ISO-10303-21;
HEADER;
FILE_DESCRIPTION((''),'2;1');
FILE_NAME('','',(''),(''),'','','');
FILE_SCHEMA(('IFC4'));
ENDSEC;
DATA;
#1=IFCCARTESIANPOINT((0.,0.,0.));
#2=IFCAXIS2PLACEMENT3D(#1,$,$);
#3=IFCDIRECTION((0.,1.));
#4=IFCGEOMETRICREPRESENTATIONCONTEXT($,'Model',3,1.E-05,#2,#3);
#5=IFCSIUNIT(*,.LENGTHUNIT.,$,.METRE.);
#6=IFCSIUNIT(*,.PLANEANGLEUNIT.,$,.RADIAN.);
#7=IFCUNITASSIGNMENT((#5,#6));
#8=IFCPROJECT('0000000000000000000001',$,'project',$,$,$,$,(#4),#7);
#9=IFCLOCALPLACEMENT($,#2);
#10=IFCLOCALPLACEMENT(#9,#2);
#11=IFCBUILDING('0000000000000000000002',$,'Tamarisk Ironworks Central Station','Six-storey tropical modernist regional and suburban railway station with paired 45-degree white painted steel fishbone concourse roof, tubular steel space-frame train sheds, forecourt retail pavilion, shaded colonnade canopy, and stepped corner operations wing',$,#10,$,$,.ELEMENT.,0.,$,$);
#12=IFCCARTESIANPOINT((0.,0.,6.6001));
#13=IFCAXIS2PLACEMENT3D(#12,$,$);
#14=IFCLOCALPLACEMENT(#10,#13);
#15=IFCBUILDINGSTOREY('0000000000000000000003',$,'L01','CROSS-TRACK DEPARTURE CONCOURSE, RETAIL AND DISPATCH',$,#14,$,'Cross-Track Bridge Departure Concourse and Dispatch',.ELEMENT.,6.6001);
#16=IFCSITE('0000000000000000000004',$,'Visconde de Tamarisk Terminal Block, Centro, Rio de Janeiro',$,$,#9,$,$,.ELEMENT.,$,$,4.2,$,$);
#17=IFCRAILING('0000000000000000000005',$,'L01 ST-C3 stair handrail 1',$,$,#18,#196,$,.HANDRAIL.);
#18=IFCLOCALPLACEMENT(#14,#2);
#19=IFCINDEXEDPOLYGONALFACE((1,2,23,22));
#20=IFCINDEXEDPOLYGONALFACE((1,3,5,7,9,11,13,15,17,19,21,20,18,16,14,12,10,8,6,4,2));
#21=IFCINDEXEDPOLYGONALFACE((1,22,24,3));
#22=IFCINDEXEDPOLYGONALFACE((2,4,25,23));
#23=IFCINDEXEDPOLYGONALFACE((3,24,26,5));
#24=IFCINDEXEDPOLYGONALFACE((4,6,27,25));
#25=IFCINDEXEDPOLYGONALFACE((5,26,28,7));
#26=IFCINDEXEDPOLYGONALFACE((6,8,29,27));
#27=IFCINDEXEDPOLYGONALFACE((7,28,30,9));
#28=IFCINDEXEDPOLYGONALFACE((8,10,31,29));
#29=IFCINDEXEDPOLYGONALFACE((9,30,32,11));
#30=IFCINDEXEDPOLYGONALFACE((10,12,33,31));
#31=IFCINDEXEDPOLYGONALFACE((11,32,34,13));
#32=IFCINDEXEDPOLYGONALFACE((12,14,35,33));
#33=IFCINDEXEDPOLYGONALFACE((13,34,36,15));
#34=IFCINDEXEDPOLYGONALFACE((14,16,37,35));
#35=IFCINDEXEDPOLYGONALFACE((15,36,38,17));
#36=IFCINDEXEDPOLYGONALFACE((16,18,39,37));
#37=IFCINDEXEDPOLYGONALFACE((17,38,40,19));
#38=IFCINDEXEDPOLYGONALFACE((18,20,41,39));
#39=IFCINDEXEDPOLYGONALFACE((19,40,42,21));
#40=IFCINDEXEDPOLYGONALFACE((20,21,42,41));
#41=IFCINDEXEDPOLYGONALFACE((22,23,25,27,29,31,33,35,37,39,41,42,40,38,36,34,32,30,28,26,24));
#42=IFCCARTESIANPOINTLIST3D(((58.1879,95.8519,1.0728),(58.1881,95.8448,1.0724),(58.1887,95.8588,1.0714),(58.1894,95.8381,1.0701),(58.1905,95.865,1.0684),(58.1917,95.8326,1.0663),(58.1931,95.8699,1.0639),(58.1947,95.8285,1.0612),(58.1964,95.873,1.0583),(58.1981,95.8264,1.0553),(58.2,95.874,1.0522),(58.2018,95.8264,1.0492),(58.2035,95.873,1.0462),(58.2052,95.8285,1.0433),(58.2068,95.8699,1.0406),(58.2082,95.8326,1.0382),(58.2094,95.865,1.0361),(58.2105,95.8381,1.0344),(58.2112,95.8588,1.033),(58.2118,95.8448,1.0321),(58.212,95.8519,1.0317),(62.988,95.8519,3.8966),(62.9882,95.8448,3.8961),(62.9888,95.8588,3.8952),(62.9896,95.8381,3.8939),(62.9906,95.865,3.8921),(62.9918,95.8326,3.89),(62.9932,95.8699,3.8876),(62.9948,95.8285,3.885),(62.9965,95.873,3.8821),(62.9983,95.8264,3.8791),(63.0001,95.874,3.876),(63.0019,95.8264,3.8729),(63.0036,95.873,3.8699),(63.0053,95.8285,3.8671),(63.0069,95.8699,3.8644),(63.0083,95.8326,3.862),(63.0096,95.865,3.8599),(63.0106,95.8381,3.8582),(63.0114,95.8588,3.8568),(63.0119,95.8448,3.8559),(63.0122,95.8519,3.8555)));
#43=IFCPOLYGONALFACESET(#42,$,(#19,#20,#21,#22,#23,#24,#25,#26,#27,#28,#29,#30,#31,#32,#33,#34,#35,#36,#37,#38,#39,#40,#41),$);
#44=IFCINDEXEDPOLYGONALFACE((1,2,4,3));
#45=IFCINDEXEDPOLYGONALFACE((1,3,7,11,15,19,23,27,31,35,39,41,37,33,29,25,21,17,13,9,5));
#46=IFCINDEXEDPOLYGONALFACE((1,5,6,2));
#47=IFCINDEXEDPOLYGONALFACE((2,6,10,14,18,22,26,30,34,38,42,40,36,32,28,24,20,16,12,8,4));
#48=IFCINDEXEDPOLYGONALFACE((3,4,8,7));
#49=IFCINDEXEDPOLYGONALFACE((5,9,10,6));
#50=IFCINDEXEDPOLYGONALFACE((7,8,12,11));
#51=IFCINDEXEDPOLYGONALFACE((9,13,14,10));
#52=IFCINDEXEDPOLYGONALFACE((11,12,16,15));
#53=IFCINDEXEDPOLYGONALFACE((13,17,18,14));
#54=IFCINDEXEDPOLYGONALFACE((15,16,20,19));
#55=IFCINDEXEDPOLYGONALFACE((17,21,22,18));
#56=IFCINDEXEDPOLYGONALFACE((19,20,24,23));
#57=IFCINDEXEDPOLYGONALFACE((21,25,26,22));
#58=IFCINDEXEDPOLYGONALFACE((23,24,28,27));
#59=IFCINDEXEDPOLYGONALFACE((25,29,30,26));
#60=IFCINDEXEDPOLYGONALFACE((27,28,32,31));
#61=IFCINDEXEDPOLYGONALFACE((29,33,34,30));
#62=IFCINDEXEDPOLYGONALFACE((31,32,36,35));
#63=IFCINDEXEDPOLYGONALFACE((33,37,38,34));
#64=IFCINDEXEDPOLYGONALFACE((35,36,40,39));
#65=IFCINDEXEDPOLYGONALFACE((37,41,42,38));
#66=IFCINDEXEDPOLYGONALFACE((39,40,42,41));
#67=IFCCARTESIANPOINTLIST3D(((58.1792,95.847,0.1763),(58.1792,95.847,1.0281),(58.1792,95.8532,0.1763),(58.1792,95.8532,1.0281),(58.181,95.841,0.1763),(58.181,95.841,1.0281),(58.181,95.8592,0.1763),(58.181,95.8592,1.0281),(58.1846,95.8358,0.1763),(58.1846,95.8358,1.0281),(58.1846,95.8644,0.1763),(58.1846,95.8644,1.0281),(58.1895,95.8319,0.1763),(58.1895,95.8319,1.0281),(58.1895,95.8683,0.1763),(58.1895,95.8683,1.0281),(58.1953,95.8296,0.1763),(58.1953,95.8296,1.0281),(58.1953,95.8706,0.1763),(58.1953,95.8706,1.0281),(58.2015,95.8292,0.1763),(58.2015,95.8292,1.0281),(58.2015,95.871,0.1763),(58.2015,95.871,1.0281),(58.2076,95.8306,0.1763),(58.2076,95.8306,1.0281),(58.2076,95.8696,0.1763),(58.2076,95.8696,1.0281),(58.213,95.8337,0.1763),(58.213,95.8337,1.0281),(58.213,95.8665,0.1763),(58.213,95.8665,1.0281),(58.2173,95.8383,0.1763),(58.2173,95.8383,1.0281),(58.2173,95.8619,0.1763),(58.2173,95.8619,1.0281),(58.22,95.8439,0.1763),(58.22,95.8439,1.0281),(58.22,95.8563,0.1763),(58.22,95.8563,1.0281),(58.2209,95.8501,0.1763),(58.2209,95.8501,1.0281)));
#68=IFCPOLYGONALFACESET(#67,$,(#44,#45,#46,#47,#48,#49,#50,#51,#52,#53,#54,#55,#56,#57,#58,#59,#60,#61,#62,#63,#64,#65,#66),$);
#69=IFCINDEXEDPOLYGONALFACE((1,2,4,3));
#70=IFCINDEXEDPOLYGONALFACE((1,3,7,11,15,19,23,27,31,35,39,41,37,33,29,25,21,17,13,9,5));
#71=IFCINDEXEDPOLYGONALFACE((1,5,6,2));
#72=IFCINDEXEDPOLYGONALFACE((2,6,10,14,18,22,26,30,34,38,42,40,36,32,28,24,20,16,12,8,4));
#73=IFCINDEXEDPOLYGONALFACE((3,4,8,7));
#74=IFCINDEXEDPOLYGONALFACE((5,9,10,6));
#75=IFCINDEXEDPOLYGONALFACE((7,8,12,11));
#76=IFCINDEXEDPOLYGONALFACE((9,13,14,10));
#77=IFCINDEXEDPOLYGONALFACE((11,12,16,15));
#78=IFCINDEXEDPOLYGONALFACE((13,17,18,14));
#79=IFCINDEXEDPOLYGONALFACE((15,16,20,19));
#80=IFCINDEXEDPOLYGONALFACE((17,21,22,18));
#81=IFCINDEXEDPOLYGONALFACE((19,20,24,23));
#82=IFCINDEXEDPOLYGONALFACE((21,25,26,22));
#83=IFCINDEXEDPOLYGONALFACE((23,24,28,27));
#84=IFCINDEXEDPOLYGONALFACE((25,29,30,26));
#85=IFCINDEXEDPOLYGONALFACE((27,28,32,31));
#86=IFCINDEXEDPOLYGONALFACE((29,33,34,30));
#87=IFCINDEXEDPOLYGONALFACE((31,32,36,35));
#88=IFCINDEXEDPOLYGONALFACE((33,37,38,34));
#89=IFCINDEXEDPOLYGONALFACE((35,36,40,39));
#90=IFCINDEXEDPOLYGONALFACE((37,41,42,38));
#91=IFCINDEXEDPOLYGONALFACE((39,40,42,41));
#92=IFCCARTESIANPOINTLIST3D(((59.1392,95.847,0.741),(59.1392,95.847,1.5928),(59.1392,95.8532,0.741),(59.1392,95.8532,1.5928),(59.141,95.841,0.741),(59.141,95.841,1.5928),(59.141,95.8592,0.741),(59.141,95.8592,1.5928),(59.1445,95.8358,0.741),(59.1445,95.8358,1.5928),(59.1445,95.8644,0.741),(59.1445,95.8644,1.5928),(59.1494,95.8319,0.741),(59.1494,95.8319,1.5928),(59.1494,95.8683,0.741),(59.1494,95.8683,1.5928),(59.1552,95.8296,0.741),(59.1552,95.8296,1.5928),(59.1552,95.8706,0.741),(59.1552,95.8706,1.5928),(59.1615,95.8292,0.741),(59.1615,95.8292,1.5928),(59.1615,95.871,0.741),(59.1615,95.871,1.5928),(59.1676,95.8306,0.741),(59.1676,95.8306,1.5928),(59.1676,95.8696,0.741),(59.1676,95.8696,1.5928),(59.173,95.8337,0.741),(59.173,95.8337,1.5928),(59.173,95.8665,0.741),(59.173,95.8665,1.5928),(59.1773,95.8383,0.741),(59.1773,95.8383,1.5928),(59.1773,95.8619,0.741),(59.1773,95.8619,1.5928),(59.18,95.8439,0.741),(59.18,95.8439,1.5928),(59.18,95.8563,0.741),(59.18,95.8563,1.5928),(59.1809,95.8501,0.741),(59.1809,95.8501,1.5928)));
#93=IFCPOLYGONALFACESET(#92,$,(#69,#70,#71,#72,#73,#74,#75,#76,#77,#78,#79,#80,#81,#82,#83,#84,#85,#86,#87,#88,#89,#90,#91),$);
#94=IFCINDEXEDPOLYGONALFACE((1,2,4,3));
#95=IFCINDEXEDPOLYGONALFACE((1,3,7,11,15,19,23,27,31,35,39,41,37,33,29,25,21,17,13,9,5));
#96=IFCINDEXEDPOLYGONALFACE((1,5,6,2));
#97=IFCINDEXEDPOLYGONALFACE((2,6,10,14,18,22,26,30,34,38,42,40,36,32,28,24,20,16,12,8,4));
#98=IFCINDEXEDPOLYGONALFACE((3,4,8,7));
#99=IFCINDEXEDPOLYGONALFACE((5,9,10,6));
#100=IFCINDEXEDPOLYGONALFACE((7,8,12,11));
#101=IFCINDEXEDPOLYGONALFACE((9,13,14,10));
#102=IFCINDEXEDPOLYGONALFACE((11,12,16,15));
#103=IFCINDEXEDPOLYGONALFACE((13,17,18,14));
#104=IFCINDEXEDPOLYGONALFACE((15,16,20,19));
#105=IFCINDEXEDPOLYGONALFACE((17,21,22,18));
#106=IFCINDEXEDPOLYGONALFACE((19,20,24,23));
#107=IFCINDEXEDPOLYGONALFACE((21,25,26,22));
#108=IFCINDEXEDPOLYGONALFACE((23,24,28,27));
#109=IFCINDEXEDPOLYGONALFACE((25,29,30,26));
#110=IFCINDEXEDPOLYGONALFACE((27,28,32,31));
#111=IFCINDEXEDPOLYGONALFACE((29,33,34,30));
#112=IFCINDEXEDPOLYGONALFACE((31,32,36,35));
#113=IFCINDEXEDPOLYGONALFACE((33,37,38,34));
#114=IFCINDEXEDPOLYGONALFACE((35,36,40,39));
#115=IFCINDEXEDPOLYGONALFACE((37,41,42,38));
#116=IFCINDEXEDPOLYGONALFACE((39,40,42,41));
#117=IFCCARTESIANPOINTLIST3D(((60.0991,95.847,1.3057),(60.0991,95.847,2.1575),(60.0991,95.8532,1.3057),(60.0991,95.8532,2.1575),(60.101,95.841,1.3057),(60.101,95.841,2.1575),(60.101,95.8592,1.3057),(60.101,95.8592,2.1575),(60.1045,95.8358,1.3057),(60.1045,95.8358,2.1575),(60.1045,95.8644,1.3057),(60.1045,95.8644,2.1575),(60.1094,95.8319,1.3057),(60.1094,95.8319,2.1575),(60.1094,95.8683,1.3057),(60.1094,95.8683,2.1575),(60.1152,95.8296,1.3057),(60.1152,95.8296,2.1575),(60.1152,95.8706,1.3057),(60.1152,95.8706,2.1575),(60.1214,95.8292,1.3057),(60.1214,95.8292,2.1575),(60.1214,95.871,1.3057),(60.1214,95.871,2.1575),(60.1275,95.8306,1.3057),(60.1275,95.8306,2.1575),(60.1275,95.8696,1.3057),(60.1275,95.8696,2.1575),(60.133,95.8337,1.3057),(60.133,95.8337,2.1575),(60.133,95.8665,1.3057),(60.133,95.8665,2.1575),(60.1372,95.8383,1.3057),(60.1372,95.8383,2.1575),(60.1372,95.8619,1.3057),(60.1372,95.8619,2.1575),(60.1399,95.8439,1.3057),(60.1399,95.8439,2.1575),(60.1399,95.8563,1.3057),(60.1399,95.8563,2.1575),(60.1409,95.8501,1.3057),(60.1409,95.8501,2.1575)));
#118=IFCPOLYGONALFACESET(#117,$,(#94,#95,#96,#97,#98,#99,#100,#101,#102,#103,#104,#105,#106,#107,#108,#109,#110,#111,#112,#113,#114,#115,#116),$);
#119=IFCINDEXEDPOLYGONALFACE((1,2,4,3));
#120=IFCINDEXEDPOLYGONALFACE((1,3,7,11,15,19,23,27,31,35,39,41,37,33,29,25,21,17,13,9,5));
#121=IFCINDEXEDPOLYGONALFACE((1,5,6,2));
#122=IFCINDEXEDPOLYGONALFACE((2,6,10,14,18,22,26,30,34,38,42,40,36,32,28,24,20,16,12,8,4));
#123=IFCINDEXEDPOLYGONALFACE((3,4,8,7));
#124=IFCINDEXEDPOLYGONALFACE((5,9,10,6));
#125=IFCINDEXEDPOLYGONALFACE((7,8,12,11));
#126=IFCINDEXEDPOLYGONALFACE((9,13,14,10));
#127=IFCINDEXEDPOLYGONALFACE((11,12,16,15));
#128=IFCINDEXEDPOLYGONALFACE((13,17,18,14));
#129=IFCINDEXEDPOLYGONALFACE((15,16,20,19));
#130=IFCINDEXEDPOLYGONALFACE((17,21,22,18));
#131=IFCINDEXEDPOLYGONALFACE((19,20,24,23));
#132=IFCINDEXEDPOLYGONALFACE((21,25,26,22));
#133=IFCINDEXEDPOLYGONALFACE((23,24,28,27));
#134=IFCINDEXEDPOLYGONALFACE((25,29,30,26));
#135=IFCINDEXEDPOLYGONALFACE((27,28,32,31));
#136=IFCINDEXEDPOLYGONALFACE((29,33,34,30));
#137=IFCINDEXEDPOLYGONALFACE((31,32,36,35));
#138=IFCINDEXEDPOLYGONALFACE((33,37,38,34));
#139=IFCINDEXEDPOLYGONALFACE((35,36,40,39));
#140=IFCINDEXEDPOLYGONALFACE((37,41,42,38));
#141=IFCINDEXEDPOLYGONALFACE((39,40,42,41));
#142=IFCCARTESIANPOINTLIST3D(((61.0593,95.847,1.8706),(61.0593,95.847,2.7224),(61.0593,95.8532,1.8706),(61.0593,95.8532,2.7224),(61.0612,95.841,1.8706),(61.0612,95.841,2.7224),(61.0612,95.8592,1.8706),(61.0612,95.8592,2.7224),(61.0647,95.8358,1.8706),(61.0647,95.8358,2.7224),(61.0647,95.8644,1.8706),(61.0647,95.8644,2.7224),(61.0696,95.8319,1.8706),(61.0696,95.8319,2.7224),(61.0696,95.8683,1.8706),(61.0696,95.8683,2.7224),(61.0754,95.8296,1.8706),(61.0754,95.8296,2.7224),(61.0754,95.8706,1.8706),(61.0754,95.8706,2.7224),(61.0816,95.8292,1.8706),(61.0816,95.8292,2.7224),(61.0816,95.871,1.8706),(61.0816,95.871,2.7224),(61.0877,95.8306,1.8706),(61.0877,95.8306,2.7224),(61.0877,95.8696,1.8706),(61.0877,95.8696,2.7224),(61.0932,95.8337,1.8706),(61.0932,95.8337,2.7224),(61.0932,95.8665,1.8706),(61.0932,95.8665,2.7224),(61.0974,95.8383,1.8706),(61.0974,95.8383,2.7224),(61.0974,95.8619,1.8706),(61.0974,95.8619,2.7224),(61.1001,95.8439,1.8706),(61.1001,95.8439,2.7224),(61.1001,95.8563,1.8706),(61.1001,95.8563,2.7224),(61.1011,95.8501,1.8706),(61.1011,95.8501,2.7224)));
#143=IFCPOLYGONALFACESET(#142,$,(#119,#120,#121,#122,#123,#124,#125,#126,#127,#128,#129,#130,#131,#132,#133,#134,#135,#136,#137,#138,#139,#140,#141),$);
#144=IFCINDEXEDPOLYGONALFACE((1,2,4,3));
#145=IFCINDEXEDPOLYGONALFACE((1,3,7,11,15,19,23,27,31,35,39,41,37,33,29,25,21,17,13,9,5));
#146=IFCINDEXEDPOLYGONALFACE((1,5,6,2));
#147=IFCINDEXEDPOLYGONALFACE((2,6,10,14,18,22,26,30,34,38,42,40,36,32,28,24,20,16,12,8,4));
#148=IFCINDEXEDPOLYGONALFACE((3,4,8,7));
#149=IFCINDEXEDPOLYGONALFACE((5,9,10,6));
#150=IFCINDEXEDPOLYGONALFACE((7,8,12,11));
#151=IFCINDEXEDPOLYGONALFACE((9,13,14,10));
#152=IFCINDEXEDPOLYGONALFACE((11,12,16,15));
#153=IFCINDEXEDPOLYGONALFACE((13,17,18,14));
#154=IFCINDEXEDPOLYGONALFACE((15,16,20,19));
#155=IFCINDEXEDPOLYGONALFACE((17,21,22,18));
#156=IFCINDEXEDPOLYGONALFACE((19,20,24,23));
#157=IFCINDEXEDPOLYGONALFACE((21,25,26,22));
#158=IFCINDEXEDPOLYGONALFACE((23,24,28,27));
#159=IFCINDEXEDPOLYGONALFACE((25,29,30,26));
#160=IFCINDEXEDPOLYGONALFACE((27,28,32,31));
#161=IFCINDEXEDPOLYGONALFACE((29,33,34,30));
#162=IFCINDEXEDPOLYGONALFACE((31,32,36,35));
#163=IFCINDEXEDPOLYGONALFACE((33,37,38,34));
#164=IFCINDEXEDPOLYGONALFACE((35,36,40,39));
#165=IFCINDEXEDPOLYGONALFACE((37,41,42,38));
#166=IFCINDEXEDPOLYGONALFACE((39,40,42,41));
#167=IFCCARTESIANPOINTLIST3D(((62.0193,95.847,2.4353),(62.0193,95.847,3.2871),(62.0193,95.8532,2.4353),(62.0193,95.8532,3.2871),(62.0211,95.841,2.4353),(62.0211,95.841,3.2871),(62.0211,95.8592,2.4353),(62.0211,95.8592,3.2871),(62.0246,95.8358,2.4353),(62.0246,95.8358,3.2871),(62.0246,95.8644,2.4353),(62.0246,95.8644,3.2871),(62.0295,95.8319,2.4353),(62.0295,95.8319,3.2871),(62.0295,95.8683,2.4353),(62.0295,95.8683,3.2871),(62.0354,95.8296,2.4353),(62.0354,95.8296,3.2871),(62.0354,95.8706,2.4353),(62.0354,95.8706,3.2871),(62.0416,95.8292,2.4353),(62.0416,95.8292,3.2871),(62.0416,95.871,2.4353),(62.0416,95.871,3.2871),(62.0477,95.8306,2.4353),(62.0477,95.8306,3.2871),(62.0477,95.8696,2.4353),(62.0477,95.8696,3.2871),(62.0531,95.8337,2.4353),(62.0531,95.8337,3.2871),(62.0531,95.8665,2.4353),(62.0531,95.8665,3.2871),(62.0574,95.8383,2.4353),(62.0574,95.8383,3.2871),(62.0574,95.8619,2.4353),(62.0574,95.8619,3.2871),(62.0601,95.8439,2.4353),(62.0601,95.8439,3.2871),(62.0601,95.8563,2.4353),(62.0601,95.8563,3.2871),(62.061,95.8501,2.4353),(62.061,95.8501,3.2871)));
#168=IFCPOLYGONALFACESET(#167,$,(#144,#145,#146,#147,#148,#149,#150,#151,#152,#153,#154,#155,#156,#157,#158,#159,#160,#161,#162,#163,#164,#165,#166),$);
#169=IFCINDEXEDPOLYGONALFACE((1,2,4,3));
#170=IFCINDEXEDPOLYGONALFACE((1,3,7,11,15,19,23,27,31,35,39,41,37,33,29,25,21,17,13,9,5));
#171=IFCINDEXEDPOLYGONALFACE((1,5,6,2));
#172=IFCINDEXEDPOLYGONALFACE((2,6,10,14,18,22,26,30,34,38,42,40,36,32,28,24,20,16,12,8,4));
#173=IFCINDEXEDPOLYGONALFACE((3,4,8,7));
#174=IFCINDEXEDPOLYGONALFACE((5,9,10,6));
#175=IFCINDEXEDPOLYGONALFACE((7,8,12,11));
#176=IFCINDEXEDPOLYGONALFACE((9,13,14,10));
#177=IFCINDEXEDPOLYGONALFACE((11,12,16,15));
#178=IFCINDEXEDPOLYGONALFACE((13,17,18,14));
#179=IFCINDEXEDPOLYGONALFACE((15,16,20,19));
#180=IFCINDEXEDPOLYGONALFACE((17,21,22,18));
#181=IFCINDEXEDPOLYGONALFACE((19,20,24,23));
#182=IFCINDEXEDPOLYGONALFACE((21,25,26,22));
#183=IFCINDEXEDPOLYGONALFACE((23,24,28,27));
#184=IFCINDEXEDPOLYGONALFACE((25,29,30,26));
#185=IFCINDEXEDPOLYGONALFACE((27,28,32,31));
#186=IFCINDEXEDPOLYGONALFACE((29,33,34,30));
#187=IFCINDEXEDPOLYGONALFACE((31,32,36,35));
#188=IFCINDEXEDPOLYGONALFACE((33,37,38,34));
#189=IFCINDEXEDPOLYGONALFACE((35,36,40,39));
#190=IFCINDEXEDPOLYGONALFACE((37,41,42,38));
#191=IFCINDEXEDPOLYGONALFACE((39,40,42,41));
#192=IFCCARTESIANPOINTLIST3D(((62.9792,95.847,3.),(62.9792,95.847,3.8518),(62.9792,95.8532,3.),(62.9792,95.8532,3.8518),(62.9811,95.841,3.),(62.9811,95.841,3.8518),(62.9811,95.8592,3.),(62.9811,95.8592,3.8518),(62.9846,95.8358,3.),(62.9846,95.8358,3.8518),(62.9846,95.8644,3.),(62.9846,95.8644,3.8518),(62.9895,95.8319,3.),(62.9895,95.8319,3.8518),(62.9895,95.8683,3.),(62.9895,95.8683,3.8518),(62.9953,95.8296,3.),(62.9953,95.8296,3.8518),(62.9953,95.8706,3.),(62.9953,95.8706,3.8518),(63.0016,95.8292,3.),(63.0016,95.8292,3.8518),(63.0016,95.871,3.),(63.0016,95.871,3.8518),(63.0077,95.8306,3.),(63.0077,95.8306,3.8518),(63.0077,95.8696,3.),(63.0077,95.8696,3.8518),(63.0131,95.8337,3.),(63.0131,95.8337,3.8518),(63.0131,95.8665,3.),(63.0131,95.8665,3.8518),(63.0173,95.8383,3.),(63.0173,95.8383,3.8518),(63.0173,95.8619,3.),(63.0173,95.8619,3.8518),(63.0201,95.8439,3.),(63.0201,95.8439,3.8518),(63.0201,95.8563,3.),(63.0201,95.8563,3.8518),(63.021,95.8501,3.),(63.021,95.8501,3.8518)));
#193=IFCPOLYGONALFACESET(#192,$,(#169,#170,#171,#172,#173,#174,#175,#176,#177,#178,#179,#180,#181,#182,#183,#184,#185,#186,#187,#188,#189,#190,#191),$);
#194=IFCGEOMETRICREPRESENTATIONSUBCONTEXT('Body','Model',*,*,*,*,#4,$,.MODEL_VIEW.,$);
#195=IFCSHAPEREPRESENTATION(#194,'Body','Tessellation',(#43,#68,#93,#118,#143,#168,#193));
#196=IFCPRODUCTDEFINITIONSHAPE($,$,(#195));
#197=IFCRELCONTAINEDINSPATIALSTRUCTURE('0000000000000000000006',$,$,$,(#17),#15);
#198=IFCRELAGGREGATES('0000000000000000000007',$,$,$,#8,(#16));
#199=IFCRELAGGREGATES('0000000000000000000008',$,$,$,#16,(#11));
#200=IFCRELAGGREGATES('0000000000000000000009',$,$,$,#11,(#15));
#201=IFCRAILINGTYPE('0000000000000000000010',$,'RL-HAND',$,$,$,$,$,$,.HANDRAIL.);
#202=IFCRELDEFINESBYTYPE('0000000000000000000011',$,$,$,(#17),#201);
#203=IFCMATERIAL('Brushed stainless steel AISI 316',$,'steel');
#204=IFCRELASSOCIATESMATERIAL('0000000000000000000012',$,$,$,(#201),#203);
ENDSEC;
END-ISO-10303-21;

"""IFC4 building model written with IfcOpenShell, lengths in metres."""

from ifc_helpers import new_model, si_unit, direction, frame, origin, origin_2d, place, context, subcontext, project, spatial, circle, extrude, material, type_object, element, save


model = new_model("IFC4")

# Units and contexts
model_context = context("Model", 3, precision=1e-05, world=origin(), true_north=direction((0.0, 1.0)))
body_context = subcontext(model_context, "Body", "Model", "MODEL_VIEW")
ifc_project = project(units=[si_unit("LENGTHUNIT", "METRE"), si_unit("PLANEANGLEUNIT", "RADIAN")], contexts=[model_context])

# Site, building, storey
site_placement = place(None, origin())
site = spatial("IfcSite", under=ifc_project, at=site_placement, Name="Visconde de Tamarisk Terminal Block, Centro, Rio de Janeiro", CompositionType="ELEMENT", RefElevation=4.2)
building_placement = place(site_placement, origin())
building = spatial("IfcBuilding", under=site, at=building_placement, Name="Tamarisk Ironworks Central Station", Description="Six-storey tropical modernist regional and suburban railway station with paired 45-degree white painted steel fishbone concourse roof, tubular steel space-frame train sheds, forecourt retail pavilion, shaded colonnade canopy, and stepped corner operations wing", CompositionType="ELEMENT", ElevationOfRefHeight=0.0)
storey_placement = place(building_placement, frame((0.0, 0.0, 6.6001)))
storey = spatial("IfcBuildingStorey", under=building, at=storey_placement, Name="L01", Description="CROSS-TRACK DEPARTURE CONCOURSE, RETAIL AND DISPATCH", LongName="Cross-Track Bridge Departure Concourse and Dispatch", CompositionType="ELEMENT", Elevation=6.6001)

# Railing
ifc_material_1 = material(Name="Brushed stainless steel AISI 316", Category="steel")
railing_type_1 = type_object("IfcRailingType", Name="RL-HAND", PredefinedType="HANDRAIL", material=ifc_material_1)
railing_1_placement = place(storey_placement, frame((58.2, 95.8501, 0.1763)))
element("IfcRailing", 1, at=railing_1_placement, inside=storey, type_object=railing_type_1, Name="L01 ST-C3 stair handrail 1", PredefinedType="HANDRAIL", context=body_context, shape_type="SweptSolid", body=[
    extrude(circle(Radius=0.0239, at=origin_2d()), frame((0.0, 0.0, 0.876), z_axis=(0.861921, 0.0, 0.507043), x_axis=(0.0, 1.0, 0.0)), (0.0, 0.0, 1.0), 5.5691),
    extrude(circle(Radius=0.021, at=origin_2d()), origin(), (0.0, 0.0, 1.0), 0.8518),
    extrude(circle(Radius=0.021, at=origin_2d()), frame((0.96, 0.0, 0.5647)), (0.0, 0.0, 1.0), 0.8518),
    extrude(circle(Radius=0.021, at=origin_2d()), frame((1.9199, 0.0, 1.1294)), (0.0, 0.0, 1.0), 0.8518),
    extrude(circle(Radius=0.021, at=origin_2d()), frame((2.8801, 0.0, 1.6943)), (0.0, 0.0, 1.0), 0.8518),
    extrude(circle(Radius=0.021, at=origin_2d()), frame((3.8401, 0.0, 2.259)), (0.0, 0.0, 1.0), 0.8518),
    extrude(circle(Radius=0.021, at=origin_2d()), frame((4.8, 0.0, 2.8237)), (0.0, 0.0, 1.0), 0.8518),
])

save(model, "model.ifc")
